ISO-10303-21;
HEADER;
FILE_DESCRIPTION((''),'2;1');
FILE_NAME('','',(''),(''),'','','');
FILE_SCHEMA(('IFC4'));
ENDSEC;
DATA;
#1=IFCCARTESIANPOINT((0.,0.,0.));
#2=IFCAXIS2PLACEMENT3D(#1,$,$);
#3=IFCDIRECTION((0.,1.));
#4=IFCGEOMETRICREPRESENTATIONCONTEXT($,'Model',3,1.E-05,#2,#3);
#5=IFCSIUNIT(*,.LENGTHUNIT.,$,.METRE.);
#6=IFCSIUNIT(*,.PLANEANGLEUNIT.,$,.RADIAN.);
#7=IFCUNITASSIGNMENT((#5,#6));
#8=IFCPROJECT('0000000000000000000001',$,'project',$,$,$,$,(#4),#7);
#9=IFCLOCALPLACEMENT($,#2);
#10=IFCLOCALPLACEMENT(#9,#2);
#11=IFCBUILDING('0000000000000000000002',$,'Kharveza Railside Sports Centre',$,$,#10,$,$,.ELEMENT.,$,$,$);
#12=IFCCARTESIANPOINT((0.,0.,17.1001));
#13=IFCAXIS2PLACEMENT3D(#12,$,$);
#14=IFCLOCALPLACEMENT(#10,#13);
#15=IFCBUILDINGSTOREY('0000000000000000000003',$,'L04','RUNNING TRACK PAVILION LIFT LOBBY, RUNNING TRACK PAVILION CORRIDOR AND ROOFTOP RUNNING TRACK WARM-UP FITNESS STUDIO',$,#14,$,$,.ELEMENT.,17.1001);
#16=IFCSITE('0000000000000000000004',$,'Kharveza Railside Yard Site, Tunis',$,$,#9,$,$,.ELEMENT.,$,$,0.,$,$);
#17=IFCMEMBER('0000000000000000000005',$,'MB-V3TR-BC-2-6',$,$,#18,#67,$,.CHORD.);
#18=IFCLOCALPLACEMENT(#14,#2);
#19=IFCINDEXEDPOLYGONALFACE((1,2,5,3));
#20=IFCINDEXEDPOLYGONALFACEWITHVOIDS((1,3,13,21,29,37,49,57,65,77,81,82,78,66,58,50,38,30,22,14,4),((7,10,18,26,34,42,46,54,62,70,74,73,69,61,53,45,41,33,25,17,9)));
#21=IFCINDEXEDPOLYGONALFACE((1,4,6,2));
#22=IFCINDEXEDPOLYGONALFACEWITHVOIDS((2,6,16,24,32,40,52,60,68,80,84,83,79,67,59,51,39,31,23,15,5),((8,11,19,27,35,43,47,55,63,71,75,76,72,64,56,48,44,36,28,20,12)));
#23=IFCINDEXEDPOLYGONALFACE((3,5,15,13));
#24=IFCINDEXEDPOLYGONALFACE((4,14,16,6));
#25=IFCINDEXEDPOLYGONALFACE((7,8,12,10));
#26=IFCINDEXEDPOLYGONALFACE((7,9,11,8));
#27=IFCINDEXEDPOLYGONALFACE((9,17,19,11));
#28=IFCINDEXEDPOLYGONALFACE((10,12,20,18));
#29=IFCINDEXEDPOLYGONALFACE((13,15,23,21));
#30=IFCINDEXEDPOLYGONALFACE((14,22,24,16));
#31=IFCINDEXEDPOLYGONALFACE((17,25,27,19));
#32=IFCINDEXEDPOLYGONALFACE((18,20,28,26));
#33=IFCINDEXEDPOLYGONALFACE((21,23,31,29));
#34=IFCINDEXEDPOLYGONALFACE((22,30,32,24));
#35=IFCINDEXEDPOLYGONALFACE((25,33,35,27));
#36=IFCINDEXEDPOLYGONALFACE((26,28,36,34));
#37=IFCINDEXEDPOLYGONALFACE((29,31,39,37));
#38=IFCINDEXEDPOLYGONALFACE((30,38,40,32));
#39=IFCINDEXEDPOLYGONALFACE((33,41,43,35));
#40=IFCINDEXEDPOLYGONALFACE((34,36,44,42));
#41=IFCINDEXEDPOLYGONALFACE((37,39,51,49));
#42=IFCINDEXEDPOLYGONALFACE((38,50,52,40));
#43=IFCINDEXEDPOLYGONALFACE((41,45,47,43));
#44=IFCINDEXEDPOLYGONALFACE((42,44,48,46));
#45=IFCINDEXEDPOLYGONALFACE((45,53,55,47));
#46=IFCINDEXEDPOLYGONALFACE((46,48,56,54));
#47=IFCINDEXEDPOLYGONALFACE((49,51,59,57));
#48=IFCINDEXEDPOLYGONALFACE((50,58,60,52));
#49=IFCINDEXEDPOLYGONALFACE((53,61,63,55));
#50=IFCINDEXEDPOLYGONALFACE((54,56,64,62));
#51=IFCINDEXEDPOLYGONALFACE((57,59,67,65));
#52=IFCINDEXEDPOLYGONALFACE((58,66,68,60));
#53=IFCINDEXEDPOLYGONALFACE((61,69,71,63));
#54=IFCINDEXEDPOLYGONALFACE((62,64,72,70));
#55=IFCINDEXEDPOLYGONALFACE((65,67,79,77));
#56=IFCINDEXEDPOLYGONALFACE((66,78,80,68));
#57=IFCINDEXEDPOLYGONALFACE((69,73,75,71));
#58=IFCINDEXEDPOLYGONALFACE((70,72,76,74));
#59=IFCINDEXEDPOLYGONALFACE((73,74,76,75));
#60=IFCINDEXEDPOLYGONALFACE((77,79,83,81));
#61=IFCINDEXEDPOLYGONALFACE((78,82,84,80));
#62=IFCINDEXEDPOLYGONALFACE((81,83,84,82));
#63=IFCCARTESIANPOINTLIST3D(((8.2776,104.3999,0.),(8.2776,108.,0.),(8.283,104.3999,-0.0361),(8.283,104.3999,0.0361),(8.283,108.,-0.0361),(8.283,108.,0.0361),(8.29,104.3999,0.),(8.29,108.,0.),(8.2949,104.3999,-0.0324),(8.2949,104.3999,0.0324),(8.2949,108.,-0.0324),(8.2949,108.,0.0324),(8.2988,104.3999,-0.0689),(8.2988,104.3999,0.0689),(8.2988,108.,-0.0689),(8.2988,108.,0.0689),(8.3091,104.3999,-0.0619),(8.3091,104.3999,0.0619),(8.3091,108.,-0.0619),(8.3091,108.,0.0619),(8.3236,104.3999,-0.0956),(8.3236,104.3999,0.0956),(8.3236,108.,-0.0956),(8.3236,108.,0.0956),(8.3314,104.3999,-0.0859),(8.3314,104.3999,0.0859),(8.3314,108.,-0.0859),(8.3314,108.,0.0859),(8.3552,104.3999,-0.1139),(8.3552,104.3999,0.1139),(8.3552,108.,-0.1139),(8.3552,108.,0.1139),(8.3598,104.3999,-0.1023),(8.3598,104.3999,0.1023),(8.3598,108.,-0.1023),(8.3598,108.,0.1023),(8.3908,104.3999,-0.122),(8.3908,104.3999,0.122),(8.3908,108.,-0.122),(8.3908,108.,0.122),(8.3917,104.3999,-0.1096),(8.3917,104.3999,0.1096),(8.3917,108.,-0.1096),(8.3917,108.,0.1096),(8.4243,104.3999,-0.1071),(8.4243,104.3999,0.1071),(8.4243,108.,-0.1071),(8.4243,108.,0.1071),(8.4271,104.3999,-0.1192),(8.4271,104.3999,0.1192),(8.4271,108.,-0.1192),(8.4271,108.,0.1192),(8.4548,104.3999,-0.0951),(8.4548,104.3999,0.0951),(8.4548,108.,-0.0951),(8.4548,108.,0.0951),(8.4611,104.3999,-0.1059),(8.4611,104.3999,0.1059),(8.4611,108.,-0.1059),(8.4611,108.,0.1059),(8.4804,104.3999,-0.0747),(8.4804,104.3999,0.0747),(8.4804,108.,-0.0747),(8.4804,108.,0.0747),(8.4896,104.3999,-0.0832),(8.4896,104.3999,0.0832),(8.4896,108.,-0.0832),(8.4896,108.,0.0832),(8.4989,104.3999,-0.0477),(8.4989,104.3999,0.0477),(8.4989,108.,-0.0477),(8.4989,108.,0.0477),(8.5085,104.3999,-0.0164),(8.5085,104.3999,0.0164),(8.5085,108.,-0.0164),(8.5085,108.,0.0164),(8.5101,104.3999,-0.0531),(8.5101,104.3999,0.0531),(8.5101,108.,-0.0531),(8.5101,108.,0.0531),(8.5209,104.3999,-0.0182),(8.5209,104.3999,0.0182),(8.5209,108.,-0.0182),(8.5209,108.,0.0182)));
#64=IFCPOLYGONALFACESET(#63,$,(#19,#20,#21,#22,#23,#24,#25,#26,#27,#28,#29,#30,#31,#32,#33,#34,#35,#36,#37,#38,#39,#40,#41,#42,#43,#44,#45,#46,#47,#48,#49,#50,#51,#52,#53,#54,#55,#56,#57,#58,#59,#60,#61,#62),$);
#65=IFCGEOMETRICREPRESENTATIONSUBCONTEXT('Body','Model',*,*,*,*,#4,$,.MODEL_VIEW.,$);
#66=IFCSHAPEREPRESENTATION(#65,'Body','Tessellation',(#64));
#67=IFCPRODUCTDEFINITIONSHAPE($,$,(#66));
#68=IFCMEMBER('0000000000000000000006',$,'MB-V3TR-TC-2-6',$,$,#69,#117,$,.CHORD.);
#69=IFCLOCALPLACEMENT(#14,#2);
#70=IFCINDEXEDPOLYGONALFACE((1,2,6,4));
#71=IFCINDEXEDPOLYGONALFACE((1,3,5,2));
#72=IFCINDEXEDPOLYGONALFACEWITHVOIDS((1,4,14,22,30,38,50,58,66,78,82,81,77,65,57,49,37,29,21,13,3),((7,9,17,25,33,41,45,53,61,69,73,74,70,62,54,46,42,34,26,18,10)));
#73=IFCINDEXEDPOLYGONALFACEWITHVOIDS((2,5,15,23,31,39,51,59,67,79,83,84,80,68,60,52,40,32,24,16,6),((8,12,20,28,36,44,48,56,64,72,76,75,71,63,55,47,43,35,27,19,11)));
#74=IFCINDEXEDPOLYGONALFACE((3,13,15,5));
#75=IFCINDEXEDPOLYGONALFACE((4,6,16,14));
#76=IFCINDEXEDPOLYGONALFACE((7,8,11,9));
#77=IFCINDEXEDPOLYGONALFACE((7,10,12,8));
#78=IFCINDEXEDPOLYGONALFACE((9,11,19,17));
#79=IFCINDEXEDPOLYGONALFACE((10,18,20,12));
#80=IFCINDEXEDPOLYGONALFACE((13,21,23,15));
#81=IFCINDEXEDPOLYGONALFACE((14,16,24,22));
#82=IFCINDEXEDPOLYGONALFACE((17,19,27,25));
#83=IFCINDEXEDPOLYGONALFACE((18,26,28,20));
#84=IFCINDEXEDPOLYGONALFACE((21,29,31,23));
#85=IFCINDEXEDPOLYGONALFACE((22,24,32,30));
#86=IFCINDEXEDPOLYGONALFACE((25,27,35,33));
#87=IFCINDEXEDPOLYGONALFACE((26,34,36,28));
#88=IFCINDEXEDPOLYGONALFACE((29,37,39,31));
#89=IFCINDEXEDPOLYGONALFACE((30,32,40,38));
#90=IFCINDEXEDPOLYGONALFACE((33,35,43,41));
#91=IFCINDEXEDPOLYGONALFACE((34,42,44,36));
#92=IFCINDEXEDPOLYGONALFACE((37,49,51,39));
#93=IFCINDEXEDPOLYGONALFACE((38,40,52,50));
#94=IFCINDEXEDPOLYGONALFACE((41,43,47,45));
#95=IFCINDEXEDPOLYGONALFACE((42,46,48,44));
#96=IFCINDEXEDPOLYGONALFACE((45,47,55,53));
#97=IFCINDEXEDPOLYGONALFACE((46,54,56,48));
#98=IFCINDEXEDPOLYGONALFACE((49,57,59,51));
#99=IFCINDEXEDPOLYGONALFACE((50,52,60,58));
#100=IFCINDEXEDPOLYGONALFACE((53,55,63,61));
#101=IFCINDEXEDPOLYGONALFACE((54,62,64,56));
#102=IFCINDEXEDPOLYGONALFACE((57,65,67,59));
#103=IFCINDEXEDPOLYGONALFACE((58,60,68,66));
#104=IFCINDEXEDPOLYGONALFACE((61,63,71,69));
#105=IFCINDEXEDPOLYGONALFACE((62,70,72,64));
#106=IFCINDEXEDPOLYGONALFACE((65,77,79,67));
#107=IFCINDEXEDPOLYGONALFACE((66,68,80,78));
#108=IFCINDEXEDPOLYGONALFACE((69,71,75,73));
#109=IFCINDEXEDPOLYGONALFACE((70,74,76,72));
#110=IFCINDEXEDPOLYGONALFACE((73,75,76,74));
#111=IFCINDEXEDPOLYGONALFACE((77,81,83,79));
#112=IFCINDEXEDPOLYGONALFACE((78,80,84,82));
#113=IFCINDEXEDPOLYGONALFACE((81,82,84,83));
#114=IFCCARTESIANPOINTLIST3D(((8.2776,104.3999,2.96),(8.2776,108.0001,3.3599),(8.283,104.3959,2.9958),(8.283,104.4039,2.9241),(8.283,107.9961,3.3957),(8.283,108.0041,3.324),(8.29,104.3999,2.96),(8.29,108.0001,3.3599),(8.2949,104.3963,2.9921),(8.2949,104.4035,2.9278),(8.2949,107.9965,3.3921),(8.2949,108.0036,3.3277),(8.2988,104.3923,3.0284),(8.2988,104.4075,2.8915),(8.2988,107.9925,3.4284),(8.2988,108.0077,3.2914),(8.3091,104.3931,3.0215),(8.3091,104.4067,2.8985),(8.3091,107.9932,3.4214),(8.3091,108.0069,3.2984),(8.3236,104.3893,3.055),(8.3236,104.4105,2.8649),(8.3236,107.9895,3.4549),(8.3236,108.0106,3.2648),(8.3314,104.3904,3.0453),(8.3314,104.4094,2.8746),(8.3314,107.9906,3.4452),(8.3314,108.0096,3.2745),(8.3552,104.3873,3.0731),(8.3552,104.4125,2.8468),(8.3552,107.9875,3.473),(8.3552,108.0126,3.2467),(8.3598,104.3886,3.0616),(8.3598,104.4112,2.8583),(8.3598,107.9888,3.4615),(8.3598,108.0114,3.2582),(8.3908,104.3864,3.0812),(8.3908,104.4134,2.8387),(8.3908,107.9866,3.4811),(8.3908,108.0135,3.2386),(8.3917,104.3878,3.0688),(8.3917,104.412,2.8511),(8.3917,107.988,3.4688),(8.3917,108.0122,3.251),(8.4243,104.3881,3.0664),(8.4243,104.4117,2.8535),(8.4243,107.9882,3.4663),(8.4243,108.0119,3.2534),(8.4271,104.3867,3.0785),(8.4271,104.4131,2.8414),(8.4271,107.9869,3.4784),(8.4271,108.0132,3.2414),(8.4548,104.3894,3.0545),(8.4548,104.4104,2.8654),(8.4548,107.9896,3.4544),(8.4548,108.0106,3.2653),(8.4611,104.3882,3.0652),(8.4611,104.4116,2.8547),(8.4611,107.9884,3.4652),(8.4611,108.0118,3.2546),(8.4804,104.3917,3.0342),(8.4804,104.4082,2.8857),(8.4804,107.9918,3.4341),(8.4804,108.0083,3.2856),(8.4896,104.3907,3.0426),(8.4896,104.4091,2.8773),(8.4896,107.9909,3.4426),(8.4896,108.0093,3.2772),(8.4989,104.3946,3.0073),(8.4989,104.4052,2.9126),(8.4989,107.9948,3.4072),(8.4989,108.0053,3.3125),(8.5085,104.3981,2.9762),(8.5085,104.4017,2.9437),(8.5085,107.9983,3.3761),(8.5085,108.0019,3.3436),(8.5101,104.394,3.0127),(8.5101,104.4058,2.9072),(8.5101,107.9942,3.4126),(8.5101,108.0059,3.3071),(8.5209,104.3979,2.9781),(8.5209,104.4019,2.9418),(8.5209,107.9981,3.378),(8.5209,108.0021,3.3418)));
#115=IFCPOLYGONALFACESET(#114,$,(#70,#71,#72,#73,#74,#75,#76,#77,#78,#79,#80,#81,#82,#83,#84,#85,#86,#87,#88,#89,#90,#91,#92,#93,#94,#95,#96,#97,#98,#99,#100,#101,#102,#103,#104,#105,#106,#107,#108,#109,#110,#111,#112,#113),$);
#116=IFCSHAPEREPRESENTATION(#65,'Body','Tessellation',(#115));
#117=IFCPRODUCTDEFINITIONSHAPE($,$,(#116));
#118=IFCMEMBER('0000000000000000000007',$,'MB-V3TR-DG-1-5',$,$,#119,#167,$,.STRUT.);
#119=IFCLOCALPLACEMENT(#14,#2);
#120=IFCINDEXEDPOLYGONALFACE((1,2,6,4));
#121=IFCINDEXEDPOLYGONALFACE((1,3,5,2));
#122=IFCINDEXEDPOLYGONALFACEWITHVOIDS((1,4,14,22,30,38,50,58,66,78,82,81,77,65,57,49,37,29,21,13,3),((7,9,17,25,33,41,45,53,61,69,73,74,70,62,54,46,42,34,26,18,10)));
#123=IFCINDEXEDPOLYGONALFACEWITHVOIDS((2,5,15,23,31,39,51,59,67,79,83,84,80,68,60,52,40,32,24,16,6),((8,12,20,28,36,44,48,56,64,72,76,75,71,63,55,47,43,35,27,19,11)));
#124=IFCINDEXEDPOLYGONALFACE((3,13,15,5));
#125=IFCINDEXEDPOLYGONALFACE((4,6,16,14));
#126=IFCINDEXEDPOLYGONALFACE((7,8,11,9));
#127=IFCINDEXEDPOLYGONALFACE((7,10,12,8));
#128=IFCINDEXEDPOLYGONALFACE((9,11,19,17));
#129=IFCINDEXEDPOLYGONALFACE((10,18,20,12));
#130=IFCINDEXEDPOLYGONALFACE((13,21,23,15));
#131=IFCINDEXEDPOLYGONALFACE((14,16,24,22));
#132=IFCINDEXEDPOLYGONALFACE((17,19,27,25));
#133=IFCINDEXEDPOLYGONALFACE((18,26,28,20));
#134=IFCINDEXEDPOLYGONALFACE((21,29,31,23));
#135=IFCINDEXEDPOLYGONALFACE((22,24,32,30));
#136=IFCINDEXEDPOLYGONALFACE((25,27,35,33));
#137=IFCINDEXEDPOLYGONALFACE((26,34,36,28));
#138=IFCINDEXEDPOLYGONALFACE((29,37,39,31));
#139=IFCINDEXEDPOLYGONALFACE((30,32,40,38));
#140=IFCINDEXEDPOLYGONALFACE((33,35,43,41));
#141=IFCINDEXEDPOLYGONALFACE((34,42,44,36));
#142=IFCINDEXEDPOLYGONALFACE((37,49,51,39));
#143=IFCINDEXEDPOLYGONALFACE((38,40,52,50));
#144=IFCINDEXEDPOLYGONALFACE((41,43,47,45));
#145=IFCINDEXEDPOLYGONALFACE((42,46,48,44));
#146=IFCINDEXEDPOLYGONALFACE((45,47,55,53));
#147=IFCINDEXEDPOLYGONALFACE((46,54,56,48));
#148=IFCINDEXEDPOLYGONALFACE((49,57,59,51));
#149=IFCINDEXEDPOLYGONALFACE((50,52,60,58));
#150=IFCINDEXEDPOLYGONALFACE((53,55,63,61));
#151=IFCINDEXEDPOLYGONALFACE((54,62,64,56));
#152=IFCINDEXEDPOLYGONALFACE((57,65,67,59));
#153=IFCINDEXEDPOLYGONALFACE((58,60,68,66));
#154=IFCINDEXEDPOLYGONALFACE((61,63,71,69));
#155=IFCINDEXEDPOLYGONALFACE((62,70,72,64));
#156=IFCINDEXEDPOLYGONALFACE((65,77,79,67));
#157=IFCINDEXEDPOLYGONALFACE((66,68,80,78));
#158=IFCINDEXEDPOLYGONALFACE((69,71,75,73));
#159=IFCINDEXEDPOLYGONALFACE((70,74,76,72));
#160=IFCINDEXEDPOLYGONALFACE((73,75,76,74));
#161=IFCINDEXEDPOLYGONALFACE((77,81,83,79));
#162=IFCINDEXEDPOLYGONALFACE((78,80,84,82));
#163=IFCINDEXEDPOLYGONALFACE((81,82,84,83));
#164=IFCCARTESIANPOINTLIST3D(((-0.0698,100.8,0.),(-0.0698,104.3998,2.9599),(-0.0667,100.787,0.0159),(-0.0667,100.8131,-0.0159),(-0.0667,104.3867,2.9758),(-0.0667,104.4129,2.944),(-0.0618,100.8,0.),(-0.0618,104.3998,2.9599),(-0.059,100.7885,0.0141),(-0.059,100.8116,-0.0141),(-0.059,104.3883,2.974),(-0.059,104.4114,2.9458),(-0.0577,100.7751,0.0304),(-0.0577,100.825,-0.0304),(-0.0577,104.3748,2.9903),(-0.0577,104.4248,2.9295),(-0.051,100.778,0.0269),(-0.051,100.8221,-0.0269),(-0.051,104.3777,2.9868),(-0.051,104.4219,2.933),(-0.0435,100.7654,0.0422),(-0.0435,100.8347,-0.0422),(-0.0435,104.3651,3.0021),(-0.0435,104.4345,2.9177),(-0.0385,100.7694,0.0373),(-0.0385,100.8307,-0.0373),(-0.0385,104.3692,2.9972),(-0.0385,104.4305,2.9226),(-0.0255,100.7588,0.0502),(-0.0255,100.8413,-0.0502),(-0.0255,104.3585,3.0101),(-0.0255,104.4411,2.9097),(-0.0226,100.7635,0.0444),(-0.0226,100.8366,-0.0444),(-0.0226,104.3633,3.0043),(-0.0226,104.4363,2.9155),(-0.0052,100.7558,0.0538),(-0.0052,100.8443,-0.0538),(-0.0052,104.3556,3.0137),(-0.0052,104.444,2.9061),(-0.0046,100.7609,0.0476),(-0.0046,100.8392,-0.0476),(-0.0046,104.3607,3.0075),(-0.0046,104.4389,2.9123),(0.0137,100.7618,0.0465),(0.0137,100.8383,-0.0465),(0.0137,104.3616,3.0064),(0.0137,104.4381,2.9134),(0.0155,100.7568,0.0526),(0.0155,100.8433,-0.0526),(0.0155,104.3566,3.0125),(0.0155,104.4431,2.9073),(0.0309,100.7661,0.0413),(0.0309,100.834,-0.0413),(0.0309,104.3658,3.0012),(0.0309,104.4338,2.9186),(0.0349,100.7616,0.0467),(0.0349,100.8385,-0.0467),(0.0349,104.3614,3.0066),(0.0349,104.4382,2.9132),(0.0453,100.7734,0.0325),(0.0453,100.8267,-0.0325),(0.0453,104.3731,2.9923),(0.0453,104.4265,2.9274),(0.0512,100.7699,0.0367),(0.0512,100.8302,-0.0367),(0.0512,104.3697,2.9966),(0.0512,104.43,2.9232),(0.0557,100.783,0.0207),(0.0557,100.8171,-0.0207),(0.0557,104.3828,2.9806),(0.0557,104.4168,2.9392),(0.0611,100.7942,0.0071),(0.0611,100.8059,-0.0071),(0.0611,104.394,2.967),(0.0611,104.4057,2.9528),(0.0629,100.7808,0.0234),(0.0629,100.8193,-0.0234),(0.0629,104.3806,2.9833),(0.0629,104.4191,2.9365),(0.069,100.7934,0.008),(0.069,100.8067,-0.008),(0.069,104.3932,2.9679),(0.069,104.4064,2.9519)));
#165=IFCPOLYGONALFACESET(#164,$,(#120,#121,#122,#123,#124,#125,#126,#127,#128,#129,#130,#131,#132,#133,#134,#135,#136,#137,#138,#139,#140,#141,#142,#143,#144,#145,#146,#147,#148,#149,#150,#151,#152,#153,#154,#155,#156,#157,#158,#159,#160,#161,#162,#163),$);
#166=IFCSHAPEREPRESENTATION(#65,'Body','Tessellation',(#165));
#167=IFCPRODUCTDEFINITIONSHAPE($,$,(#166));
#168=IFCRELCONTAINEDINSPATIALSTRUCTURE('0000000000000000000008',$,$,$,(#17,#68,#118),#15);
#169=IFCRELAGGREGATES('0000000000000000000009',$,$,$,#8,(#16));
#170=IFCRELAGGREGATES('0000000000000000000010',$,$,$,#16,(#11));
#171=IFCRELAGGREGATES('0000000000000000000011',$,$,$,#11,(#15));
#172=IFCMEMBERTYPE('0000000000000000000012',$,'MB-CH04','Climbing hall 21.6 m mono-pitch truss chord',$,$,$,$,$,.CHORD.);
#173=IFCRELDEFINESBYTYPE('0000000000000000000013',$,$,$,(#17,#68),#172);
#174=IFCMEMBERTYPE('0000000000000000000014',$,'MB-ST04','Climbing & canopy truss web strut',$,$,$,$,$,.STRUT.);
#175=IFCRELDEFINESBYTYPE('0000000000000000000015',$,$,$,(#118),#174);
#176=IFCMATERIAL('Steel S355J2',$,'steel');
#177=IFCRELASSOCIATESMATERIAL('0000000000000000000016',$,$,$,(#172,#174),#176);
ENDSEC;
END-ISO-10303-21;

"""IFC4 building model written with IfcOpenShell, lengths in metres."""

from ifc_helpers import new_model, si_unit, direction, frame, origin, origin_2d, place, context, subcontext, project, spatial, hollow_circle, extrude, material, material_profile, profile_set, type_object, element, save


model = new_model("IFC4")

# Units and contexts
model_context = context("Model", 3, precision=1e-05, world=origin(), true_north=direction((0.0, 1.0)))
body_context = subcontext(model_context, "Body", "Model", "MODEL_VIEW")
ifc_project = project(units=[si_unit("LENGTHUNIT", "METRE"), si_unit("PLANEANGLEUNIT", "RADIAN")], contexts=[model_context])

# Site, building, storey
site_placement = place(None, origin())
site = spatial("IfcSite", under=ifc_project, at=site_placement, Name="Kharveza Railside Yard Site, Tunis", CompositionType="ELEMENT", RefElevation=0.0)
building_placement = place(site_placement, origin())
building = spatial("IfcBuilding", under=site, at=building_placement, Name="Kharveza Railside Sports Centre", CompositionType="ELEMENT")
storey_placement = place(building_placement, frame((0.0, 0.0, 17.1001)))
storey = spatial("IfcBuildingStorey", under=building, at=storey_placement, Name="L04", Description="RUNNING TRACK PAVILION LIFT LOBBY, RUNNING TRACK PAVILION CORRIDOR AND ROOFTOP RUNNING TRACK WARM-UP FITNESS STUDIO", CompositionType="ELEMENT", Elevation=17.1001)

# Members
ifc_material_1 = material(Name="Steel S355J2", Category="steel")
ifc_material_profile_1 = material_profile(ifc_material_1, hollow_circle(Radius=0.1223, WallThickness=0.0125, at=origin_2d()), Name="CHS 244.5x12.5")
ifc_profile_set_1 = profile_set([ifc_material_profile_1], Name="Steel S355J2")
member_type_1 = type_object("IfcMemberType", Name="MB-CH04", Description="Climbing hall 21.6 m mono-pitch truss chord", PredefinedType="CHORD", material=ifc_profile_set_1)
member_1_placement = place(storey_placement, frame((8.3999, 104.3999, 0.0), z_axis=(0.0, 1.0, 0.0), x_axis=(-1.0, 0.0, 0.0)))
element("IfcMember", 1, at=member_1_placement, inside=storey, type_object=member_type_1, Name="MB-V3TR-BC-2-6", PredefinedType="CHORD", context=body_context, shape_type="SweptSolid", body=[
    extrude(hollow_circle(Radius=0.1223, WallThickness=0.0125, at=origin_2d()), origin(), (0.0, 0.0, 1.0), 3.6001),
])
member_2_placement = place(storey_placement, frame((8.3999, 104.3999, 2.96), z_axis=(0.0, 0.993887, 0.110402), x_axis=(-1.0, 0.0, 0.0)))
element("IfcMember", 2, at=member_2_placement, inside=storey, type_object=member_type_1, Name="MB-V3TR-TC-2-6", PredefinedType="CHORD", context=body_context, shape_type="SweptSolid", body=[
    extrude(hollow_circle(Radius=0.1223, WallThickness=0.0125, at=origin_2d()), origin(), (0.0, 0.0, 1.0), 3.6223),
])
ifc_material_profile_2 = material_profile(ifc_material_1, hollow_circle(Radius=0.0698, WallThickness=0.0081, at=origin_2d()), Name="CHS 139.7x8.0")
ifc_profile_set_2 = profile_set([ifc_material_profile_2], Name="Steel S355J2")
member_type_2 = type_object("IfcMemberType", Name="MB-ST04", Description="Climbing & canopy truss web strut", PredefinedType="STRUT", material=ifc_profile_set_2)
member_3_placement = place(storey_placement, frame((0.0, 100.8, 0.0), z_axis=(0.0, 0.772417, 0.635116), x_axis=(-1.0, 0.0, 0.0)))
element("IfcMember", 3, at=member_3_placement, inside=storey, type_object=member_type_2, Name="MB-V3TR-DG-1-5", PredefinedType="STRUT", context=body_context, shape_type="SweptSolid", body=[
    extrude(hollow_circle(Radius=0.0698, WallThickness=0.0081, at=origin_2d()), origin(), (0.0, 0.0, 1.0), 4.6604),
])

save(model, "model.ifc")
